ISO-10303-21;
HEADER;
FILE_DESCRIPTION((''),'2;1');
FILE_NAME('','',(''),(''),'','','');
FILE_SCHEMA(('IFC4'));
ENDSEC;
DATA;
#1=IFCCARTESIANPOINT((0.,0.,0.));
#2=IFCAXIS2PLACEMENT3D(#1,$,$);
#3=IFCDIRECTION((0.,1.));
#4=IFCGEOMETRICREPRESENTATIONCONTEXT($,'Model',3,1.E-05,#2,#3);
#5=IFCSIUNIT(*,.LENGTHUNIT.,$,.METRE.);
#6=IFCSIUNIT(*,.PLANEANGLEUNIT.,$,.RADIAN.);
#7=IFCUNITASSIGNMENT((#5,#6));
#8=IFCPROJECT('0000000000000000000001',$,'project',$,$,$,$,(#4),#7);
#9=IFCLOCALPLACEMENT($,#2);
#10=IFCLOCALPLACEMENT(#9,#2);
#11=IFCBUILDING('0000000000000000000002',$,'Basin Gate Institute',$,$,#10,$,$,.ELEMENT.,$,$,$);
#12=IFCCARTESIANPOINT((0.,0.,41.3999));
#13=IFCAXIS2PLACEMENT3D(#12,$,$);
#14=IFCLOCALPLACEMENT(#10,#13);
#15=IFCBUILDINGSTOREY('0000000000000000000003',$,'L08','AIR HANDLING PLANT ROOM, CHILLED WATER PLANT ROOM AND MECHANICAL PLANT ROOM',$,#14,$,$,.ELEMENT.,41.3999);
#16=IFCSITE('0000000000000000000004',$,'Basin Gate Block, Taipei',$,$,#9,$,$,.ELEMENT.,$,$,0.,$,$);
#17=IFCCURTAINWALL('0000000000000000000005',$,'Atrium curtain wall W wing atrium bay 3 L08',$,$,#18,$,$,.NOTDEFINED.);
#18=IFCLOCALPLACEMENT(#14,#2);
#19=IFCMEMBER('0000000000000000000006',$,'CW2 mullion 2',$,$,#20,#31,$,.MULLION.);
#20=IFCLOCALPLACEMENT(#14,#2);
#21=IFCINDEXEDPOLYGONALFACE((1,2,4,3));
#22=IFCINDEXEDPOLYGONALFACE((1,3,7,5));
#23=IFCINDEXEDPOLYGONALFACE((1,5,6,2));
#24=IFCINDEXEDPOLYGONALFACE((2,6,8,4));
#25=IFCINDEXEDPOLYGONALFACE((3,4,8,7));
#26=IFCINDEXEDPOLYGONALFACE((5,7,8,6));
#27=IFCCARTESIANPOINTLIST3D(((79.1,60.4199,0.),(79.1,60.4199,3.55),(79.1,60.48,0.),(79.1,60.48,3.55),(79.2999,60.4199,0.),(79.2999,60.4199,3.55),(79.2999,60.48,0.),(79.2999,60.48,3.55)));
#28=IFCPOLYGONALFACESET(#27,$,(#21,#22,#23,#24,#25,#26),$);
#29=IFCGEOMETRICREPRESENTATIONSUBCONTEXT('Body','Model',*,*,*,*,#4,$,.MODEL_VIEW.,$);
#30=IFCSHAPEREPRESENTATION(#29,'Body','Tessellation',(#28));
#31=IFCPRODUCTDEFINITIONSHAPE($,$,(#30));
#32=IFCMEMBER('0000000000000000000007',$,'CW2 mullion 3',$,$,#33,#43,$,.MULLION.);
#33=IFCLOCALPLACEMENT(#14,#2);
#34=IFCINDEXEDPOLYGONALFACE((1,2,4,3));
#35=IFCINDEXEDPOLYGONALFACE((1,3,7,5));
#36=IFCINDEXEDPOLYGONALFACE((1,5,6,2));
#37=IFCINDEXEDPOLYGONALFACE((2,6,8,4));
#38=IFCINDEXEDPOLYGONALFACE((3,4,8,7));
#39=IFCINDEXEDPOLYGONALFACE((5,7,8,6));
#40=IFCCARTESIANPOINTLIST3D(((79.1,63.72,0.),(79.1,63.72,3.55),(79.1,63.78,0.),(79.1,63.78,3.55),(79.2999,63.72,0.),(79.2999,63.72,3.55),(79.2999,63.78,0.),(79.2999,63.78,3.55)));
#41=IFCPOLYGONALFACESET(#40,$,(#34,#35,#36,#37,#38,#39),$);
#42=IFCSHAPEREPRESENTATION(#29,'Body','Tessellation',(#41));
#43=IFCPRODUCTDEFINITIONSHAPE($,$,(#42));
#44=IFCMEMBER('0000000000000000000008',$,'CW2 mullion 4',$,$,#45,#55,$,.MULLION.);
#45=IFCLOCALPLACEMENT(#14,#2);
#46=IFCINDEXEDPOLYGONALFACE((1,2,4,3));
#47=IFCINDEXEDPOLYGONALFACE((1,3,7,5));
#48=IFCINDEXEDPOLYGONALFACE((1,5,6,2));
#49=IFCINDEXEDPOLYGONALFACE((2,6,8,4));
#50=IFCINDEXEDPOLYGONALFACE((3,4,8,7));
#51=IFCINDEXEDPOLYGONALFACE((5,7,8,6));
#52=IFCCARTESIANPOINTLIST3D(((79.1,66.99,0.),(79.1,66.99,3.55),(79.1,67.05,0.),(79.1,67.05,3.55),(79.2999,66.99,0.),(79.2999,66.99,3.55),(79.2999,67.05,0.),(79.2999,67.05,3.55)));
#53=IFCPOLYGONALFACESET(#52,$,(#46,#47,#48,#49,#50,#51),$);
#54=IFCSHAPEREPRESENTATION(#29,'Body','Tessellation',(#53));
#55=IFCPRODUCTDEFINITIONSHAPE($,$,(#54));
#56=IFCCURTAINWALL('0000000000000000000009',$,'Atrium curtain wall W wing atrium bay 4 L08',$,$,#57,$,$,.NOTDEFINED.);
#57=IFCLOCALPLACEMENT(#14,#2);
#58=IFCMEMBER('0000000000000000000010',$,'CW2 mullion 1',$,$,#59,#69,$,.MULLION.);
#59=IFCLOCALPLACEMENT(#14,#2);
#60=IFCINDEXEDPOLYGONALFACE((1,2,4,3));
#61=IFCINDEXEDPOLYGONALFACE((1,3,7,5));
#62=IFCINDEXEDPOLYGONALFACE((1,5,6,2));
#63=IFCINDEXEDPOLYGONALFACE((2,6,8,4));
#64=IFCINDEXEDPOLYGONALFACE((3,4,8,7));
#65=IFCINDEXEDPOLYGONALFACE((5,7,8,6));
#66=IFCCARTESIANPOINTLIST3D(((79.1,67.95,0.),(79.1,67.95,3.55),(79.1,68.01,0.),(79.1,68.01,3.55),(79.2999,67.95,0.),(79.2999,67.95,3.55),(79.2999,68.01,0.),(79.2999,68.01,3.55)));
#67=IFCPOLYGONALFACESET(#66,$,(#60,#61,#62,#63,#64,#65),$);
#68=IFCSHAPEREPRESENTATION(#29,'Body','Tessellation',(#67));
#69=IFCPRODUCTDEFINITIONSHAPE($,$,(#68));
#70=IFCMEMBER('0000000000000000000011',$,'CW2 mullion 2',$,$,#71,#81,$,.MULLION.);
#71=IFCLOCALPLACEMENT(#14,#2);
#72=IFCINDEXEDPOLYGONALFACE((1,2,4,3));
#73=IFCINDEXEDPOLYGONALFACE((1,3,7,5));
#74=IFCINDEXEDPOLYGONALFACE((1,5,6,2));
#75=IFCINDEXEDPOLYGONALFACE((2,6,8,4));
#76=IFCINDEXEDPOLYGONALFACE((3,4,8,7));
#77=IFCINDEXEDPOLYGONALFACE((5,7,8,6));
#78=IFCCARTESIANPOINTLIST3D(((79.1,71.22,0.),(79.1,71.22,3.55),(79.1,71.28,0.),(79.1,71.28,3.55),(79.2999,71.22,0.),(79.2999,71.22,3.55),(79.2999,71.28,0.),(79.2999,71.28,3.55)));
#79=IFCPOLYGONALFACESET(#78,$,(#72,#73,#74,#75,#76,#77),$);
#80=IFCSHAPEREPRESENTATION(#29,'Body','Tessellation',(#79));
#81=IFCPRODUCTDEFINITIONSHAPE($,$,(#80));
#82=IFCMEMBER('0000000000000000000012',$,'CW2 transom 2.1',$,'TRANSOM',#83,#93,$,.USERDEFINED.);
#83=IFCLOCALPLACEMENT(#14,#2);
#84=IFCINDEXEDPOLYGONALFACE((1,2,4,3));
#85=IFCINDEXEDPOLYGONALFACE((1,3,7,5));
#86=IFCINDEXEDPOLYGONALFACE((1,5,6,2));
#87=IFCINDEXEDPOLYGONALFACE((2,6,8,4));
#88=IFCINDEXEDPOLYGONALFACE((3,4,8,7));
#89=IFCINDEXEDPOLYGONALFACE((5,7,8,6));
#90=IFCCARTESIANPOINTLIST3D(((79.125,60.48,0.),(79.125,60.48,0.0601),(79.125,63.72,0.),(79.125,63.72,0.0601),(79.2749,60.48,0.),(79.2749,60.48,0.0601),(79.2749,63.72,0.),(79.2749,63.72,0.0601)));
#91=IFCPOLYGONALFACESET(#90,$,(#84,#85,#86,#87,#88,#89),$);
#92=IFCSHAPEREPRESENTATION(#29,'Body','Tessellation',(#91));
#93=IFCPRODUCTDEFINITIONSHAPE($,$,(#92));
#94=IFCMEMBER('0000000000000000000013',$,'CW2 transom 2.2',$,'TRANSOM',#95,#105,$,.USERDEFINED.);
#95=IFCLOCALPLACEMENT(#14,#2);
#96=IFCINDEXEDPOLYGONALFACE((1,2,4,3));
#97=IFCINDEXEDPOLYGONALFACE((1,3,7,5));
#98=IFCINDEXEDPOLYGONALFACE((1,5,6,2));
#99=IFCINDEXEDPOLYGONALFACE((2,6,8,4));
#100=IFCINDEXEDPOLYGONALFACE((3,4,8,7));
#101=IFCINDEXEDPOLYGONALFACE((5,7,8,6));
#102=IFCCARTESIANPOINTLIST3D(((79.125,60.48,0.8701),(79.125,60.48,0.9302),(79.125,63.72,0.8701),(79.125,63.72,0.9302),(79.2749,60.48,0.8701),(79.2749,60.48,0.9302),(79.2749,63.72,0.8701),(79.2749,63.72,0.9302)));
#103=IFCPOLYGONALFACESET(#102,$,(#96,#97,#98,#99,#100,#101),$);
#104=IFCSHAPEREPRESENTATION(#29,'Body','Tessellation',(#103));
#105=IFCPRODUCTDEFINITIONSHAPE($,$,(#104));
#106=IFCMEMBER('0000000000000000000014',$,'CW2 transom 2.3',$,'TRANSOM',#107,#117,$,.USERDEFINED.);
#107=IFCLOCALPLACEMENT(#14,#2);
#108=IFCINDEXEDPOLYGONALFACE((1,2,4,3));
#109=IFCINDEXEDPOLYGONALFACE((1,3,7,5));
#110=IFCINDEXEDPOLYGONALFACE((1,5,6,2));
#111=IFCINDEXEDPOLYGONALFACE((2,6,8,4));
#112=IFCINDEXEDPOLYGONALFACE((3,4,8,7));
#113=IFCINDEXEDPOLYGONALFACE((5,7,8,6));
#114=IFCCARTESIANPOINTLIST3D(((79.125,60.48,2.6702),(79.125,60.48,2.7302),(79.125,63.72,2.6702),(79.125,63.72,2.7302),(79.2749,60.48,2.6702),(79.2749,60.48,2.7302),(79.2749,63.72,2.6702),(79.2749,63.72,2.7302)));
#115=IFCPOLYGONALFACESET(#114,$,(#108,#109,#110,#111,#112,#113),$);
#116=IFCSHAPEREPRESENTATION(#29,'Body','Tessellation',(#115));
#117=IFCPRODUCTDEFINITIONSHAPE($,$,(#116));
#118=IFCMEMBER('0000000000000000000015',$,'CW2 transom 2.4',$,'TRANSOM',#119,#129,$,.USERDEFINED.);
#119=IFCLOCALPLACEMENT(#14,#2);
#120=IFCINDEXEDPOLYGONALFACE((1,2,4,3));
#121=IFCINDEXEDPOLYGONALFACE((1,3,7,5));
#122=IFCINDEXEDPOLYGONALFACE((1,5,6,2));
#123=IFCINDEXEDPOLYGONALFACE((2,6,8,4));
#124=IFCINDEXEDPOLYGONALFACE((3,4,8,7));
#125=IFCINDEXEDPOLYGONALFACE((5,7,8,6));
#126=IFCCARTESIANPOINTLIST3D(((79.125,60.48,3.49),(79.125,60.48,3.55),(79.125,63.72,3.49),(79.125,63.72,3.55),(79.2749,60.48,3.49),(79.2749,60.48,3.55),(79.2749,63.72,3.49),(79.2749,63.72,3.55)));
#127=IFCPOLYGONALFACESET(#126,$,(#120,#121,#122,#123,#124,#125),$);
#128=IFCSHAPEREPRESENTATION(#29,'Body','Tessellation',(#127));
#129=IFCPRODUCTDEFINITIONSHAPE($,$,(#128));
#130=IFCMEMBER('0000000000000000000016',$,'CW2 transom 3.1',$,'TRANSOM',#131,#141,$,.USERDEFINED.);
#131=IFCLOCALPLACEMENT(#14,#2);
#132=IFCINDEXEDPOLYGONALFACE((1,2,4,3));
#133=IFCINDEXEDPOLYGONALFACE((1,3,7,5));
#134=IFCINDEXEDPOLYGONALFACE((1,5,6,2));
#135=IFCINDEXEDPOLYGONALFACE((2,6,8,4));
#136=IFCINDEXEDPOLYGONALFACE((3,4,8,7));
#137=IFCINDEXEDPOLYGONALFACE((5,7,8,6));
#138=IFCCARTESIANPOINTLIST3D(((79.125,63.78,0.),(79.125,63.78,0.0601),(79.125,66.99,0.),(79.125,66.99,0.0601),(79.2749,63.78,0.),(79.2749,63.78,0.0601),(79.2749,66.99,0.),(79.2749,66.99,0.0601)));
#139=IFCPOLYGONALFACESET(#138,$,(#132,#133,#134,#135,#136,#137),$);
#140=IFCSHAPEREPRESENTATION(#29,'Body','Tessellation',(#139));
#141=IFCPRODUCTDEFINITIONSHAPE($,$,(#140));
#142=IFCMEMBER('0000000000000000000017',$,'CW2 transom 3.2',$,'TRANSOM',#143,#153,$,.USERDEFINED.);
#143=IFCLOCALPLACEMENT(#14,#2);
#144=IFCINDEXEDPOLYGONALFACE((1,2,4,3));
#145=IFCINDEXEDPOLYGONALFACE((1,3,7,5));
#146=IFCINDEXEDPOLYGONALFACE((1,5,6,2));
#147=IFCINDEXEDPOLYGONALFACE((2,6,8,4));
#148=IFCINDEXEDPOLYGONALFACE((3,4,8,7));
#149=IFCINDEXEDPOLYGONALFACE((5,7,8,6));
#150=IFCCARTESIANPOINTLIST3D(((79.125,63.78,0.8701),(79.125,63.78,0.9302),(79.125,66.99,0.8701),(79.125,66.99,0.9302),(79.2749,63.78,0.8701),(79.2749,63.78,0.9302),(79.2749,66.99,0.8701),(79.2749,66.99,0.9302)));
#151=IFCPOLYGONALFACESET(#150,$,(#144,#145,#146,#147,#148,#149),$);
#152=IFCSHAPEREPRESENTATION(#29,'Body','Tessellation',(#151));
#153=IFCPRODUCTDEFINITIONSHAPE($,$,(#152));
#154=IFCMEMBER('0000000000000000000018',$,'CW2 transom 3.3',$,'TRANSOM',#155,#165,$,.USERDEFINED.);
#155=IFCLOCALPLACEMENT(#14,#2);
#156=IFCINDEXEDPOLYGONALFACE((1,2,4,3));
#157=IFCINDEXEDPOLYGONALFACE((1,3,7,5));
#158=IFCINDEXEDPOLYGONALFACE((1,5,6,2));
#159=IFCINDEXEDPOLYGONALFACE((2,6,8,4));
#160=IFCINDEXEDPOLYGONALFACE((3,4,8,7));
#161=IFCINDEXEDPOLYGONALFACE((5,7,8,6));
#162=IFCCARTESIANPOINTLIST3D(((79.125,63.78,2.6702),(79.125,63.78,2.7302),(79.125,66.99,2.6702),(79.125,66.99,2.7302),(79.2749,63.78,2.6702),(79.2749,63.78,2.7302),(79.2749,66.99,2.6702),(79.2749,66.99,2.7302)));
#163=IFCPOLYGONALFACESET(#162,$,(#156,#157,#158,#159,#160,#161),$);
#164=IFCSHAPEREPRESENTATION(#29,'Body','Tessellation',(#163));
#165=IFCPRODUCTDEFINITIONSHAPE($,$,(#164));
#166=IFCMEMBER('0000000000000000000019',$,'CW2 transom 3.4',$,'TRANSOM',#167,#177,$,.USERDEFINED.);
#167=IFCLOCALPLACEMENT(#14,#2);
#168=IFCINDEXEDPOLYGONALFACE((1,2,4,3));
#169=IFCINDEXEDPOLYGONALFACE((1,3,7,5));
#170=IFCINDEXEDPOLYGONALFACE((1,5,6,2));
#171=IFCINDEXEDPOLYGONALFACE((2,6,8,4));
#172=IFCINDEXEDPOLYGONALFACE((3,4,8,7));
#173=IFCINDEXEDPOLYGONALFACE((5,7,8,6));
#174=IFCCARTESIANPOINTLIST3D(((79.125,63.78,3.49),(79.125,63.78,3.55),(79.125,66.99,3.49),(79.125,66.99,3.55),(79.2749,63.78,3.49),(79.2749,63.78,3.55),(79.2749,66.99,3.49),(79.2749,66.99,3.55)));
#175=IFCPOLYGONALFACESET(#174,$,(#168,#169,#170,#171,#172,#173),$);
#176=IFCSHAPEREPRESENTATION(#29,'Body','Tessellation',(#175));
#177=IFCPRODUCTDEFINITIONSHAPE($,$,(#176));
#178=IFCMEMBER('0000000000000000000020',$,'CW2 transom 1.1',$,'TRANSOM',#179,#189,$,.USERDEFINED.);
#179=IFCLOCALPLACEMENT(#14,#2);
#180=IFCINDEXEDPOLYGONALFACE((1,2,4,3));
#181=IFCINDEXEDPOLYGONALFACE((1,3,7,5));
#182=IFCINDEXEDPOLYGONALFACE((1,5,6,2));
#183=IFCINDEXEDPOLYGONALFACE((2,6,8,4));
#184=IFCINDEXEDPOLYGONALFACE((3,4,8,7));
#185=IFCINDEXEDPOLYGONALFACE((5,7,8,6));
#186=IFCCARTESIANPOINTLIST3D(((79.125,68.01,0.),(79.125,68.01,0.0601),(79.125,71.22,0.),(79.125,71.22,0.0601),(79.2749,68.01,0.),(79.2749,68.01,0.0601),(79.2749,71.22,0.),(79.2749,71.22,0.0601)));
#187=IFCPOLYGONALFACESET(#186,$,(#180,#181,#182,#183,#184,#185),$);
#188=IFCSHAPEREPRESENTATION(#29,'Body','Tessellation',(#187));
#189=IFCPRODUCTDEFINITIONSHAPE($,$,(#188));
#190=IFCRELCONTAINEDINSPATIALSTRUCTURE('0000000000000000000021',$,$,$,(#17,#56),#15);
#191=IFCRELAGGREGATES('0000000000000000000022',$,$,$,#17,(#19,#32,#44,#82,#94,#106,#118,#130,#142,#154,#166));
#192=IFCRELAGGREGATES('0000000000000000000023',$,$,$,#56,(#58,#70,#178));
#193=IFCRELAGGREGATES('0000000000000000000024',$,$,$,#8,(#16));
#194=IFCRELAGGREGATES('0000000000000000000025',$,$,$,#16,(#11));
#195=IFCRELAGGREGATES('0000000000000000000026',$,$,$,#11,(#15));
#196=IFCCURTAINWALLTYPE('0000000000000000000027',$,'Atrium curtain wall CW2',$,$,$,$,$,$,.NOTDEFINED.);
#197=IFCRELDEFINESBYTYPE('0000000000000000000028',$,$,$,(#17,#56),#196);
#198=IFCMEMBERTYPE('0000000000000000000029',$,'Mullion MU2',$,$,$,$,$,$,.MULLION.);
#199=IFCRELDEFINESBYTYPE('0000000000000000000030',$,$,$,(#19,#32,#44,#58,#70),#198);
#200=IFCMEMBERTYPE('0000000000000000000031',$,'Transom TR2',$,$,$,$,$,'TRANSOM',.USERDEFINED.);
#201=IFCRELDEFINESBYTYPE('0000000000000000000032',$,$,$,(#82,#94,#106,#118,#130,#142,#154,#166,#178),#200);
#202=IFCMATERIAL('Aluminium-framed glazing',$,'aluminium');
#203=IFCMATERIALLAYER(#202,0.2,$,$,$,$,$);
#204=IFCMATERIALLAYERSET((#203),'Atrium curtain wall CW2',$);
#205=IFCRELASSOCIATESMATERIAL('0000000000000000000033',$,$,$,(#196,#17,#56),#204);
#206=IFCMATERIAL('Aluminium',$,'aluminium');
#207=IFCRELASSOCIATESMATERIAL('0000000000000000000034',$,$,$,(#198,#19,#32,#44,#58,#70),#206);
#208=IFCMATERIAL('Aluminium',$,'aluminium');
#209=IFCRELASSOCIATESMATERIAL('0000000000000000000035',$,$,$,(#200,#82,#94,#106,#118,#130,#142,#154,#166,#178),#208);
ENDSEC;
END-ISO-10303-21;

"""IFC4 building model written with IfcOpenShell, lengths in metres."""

from ifc_helpers import new_model, si_unit, direction, frame, origin, origin_2d, place, context, subcontext, project, spatial, rectangle, extrude, material, layer, layer_set, material_profile, profile_set, type_object, element, aggregate, save


model = new_model("IFC4")

# Units and contexts
model_context = context("Model", 3, precision=1e-05, world=origin(), true_north=direction((0.0, 1.0)))
body_context = subcontext(model_context, "Body", "Model", "MODEL_VIEW")
ifc_project = project(units=[si_unit("LENGTHUNIT", "METRE"), si_unit("PLANEANGLEUNIT", "RADIAN")], contexts=[model_context])

# Site, building, storey
site_placement = place(None, origin())
site = spatial("IfcSite", under=ifc_project, at=site_placement, Name="Basin Gate Block, Taipei", CompositionType="ELEMENT", RefElevation=0.0)
building_placement = place(site_placement, origin())
building = spatial("IfcBuilding", under=site, at=building_placement, Name="Basin Gate Institute", CompositionType="ELEMENT")
storey_placement = place(building_placement, frame((0.0, 0.0, 41.3999)))
storey = spatial("IfcBuildingStorey", under=building, at=storey_placement, Name="L08", Description="AIR HANDLING PLANT ROOM, CHILLED WATER PLANT ROOM AND MECHANICAL PLANT ROOM", CompositionType="ELEMENT", Elevation=41.3999)

# Curtain walls, members
ifc_material_1 = material(Name="Aluminium-framed glazing", Category="aluminium")
ifc_layer_1 = layer(ifc_material_1, 0.2)
ifc_layer_set_1 = layer_set([ifc_layer_1], Name="Atrium curtain wall CW2")
curtain_wall_type = type_object("IfcCurtainWallType", Name="Atrium curtain wall CW2", PredefinedType="NOTDEFINED", material=ifc_layer_set_1)
curtain_wall_1_placement = place(storey_placement, origin())
curtain_wall_1 = element("IfcCurtainWall", 1, at=curtain_wall_1_placement, inside=storey, type_object=curtain_wall_type, material=ifc_layer_set_1, Name="Atrium curtain wall W wing atrium bay 3 L08", PredefinedType="NOTDEFINED")
ifc_material_2 = material(Name="Aluminium", Category="aluminium")
ifc_material_profile_1 = material_profile(ifc_material_2, rectangle(XDim=0.2, YDim=0.0601, at=origin_2d()), Name="Mullion MU2 200 x 60")
ifc_profile_set_1 = profile_set([ifc_material_profile_1], Name="Aluminium")
member_type_1 = type_object("IfcMemberType", Name="Mullion MU2", PredefinedType="MULLION", material=ifc_profile_set_1)
member_1_placement = place(storey_placement, frame((79.2, 60.45, 0.0), z_axis=(0.0, 0.0, 1.0), x_axis=(-1.0, 0.0, 0.0)))
member_1 = element("IfcMember", 2, at=member_1_placement, type_object=member_type_1, material=ifc_profile_set_1, Name="CW2 mullion 2", PredefinedType="MULLION", context=body_context, shape_type="SweptSolid", body=[
    extrude(rectangle(XDim=0.2, YDim=0.0601, at=origin_2d()), origin(), (0.0, 0.0, 1.0), 3.55),
])
member_2_placement = place(storey_placement, frame((79.2, 63.75, 0.0), z_axis=(0.0, 0.0, 1.0), x_axis=(-1.0, 0.0, 0.0)))
member_2 = element("IfcMember", 3, at=member_2_placement, type_object=member_type_1, material=ifc_profile_set_1, Name="CW2 mullion 3", PredefinedType="MULLION", context=body_context, shape_type="SweptSolid", body=[
    extrude(rectangle(XDim=0.2, YDim=0.0601, at=origin_2d()), origin(), (0.0, 0.0, 1.0), 3.55),
])
member_3_placement = place(storey_placement, frame((79.2, 67.02, 0.0), z_axis=(0.0, 0.0, 1.0), x_axis=(-1.0, 0.0, 0.0)))
member_3 = element("IfcMember", 4, at=member_3_placement, type_object=member_type_1, material=ifc_profile_set_1, Name="CW2 mullion 4", PredefinedType="MULLION", context=body_context, shape_type="SweptSolid", body=[
    extrude(rectangle(XDim=0.2, YDim=0.0601, at=origin_2d()), origin(), (0.0, 0.0, 1.0), 3.55),
])
curtain_wall_2_placement = place(storey_placement, origin())
curtain_wall_2 = element("IfcCurtainWall", 5, at=curtain_wall_2_placement, inside=storey, type_object=curtain_wall_type, material=ifc_layer_set_1, Name="Atrium curtain wall W wing atrium bay 4 L08", PredefinedType="NOTDEFINED")
member_4_placement = place(storey_placement, frame((79.2, 67.98, 0.0), z_axis=(0.0, 0.0, 1.0), x_axis=(-1.0, 0.0, 0.0)))
member_4 = element("IfcMember", 6, at=member_4_placement, type_object=member_type_1, material=ifc_profile_set_1, Name="CW2 mullion 1", PredefinedType="MULLION", context=body_context, shape_type="SweptSolid", body=[
    extrude(rectangle(XDim=0.2, YDim=0.0601, at=origin_2d()), origin(), (0.0, 0.0, 1.0), 3.55),
])
member_5_placement = place(storey_placement, frame((79.2, 71.25, 0.0), z_axis=(0.0, 0.0, 1.0), x_axis=(-1.0, 0.0, 0.0)))
member_5 = element("IfcMember", 7, at=member_5_placement, type_object=member_type_1, material=ifc_profile_set_1, Name="CW2 mullion 2", PredefinedType="MULLION", context=body_context, shape_type="SweptSolid", body=[
    extrude(rectangle(XDim=0.2, YDim=0.0601, at=origin_2d()), origin(), (0.0, 0.0, 1.0), 3.55),
])

# Members
ifc_material_3 = material(Name="Aluminium", Category="aluminium")
ifc_material_profile_2 = material_profile(ifc_material_3, rectangle(XDim=0.1499, YDim=0.0601, at=origin_2d()), Name="Transom TR2 150 x 60")
ifc_profile_set_2 = profile_set([ifc_material_profile_2], Name="Aluminium")
member_type_2 = type_object("IfcMemberType", Name="Transom TR2", ElementType="TRANSOM", PredefinedType="USERDEFINED", material=ifc_profile_set_2)
member_6_placement = place(storey_placement, frame((79.2, 60.48, 0.03), z_axis=(0.0, 1.0, 0.0), x_axis=(-1.0, 0.0, 0.0)))
member_6 = element("IfcMember", 8, at=member_6_placement, type_object=member_type_2, material=ifc_profile_set_2, Name="CW2 transom 2.1", ObjectType="TRANSOM", PredefinedType="USERDEFINED", context=body_context, shape_type="SweptSolid", body=[
    extrude(rectangle(XDim=0.1499, YDim=0.0601, at=origin_2d()), origin(), (0.0, 0.0, 1.0), 3.24),
])
member_7_placement = place(storey_placement, frame((79.2, 60.48, 0.9001), z_axis=(0.0, 1.0, 0.0), x_axis=(-1.0, 0.0, 0.0)))
member_7 = element("IfcMember", 9, at=member_7_placement, type_object=member_type_2, material=ifc_profile_set_2, Name="CW2 transom 2.2", ObjectType="TRANSOM", PredefinedType="USERDEFINED", context=body_context, shape_type="SweptSolid", body=[
    extrude(rectangle(XDim=0.1499, YDim=0.0601, at=origin_2d()), origin(), (0.0, 0.0, 1.0), 3.24),
])
member_8_placement = place(storey_placement, frame((79.2, 60.48, 2.7002), z_axis=(0.0, 1.0, 0.0), x_axis=(-1.0, 0.0, 0.0)))
member_8 = element("IfcMember", 10, at=member_8_placement, type_object=member_type_2, material=ifc_profile_set_2, Name="CW2 transom 2.3", ObjectType="TRANSOM", PredefinedType="USERDEFINED", context=body_context, shape_type="SweptSolid", body=[
    extrude(rectangle(XDim=0.1499, YDim=0.0601, at=origin_2d()), origin(), (0.0, 0.0, 1.0), 3.24),
])
member_9_placement = place(storey_placement, frame((79.2, 60.48, 3.52), z_axis=(0.0, 1.0, 0.0), x_axis=(-1.0, 0.0, 0.0)))
member_9 = element("IfcMember", 11, at=member_9_placement, type_object=member_type_2, material=ifc_profile_set_2, Name="CW2 transom 2.4", ObjectType="TRANSOM", PredefinedType="USERDEFINED", context=body_context, shape_type="SweptSolid", body=[
    extrude(rectangle(XDim=0.1499, YDim=0.0601, at=origin_2d()), origin(), (0.0, 0.0, 1.0), 3.24),
])
member_10_placement = place(storey_placement, frame((79.2, 63.78, 0.03), z_axis=(0.0, 1.0, 0.0), x_axis=(-1.0, 0.0, 0.0)))
member_10 = element("IfcMember", 12, at=member_10_placement, type_object=member_type_2, material=ifc_profile_set_2, Name="CW2 transom 3.1", ObjectType="TRANSOM", PredefinedType="USERDEFINED", context=body_context, shape_type="SweptSolid", body=[
    extrude(rectangle(XDim=0.1499, YDim=0.0601, at=origin_2d()), origin(), (0.0, 0.0, 1.0), 3.21),
])
member_11_placement = place(storey_placement, frame((79.2, 63.78, 0.9001), z_axis=(0.0, 1.0, 0.0), x_axis=(-1.0, 0.0, 0.0)))
member_11 = element("IfcMember", 13, at=member_11_placement, type_object=member_type_2, material=ifc_profile_set_2, Name="CW2 transom 3.2", ObjectType="TRANSOM", PredefinedType="USERDEFINED", context=body_context, shape_type="SweptSolid", body=[
    extrude(rectangle(XDim=0.1499, YDim=0.0601, at=origin_2d()), origin(), (0.0, 0.0, 1.0), 3.21),
])
member_12_placement = place(storey_placement, frame((79.2, 63.78, 2.7002), z_axis=(0.0, 1.0, 0.0), x_axis=(-1.0, 0.0, 0.0)))
member_12 = element("IfcMember", 14, at=member_12_placement, type_object=member_type_2, material=ifc_profile_set_2, Name="CW2 transom 3.3", ObjectType="TRANSOM", PredefinedType="USERDEFINED", context=body_context, shape_type="SweptSolid", body=[
    extrude(rectangle(XDim=0.1499, YDim=0.0601, at=origin_2d()), origin(), (0.0, 0.0, 1.0), 3.21),
])
member_13_placement = place(storey_placement, frame((79.2, 63.78, 3.52), z_axis=(0.0, 1.0, 0.0), x_axis=(-1.0, 0.0, 0.0)))
member_13 = element("IfcMember", 15, at=member_13_placement, type_object=member_type_2, material=ifc_profile_set_2, Name="CW2 transom 3.4", ObjectType="TRANSOM", PredefinedType="USERDEFINED", context=body_context, shape_type="SweptSolid", body=[
    extrude(rectangle(XDim=0.1499, YDim=0.0601, at=origin_2d()), origin(), (0.0, 0.0, 1.0), 3.21),
])
member_14_placement = place(storey_placement, frame((79.2, 68.01, 0.03), z_axis=(0.0, 1.0, 0.0), x_axis=(-1.0, 0.0, 0.0)))
member_14 = element("IfcMember", 16, at=member_14_placement, type_object=member_type_2, material=ifc_profile_set_2, Name="CW2 transom 1.1", ObjectType="TRANSOM", PredefinedType="USERDEFINED", context=body_context, shape_type="SweptSolid", body=[
    extrude(rectangle(XDim=0.1499, YDim=0.0601, at=origin_2d()), origin(), (0.0, 0.0, 1.0), 3.21),
])

aggregate(curtain_wall_1, [member_1, member_2, member_3, member_6, member_7, member_8, member_9, member_10, member_11, member_12, member_13])
aggregate(curtain_wall_2, [member_4, member_5, member_14])

save(model, "model.ifc")
